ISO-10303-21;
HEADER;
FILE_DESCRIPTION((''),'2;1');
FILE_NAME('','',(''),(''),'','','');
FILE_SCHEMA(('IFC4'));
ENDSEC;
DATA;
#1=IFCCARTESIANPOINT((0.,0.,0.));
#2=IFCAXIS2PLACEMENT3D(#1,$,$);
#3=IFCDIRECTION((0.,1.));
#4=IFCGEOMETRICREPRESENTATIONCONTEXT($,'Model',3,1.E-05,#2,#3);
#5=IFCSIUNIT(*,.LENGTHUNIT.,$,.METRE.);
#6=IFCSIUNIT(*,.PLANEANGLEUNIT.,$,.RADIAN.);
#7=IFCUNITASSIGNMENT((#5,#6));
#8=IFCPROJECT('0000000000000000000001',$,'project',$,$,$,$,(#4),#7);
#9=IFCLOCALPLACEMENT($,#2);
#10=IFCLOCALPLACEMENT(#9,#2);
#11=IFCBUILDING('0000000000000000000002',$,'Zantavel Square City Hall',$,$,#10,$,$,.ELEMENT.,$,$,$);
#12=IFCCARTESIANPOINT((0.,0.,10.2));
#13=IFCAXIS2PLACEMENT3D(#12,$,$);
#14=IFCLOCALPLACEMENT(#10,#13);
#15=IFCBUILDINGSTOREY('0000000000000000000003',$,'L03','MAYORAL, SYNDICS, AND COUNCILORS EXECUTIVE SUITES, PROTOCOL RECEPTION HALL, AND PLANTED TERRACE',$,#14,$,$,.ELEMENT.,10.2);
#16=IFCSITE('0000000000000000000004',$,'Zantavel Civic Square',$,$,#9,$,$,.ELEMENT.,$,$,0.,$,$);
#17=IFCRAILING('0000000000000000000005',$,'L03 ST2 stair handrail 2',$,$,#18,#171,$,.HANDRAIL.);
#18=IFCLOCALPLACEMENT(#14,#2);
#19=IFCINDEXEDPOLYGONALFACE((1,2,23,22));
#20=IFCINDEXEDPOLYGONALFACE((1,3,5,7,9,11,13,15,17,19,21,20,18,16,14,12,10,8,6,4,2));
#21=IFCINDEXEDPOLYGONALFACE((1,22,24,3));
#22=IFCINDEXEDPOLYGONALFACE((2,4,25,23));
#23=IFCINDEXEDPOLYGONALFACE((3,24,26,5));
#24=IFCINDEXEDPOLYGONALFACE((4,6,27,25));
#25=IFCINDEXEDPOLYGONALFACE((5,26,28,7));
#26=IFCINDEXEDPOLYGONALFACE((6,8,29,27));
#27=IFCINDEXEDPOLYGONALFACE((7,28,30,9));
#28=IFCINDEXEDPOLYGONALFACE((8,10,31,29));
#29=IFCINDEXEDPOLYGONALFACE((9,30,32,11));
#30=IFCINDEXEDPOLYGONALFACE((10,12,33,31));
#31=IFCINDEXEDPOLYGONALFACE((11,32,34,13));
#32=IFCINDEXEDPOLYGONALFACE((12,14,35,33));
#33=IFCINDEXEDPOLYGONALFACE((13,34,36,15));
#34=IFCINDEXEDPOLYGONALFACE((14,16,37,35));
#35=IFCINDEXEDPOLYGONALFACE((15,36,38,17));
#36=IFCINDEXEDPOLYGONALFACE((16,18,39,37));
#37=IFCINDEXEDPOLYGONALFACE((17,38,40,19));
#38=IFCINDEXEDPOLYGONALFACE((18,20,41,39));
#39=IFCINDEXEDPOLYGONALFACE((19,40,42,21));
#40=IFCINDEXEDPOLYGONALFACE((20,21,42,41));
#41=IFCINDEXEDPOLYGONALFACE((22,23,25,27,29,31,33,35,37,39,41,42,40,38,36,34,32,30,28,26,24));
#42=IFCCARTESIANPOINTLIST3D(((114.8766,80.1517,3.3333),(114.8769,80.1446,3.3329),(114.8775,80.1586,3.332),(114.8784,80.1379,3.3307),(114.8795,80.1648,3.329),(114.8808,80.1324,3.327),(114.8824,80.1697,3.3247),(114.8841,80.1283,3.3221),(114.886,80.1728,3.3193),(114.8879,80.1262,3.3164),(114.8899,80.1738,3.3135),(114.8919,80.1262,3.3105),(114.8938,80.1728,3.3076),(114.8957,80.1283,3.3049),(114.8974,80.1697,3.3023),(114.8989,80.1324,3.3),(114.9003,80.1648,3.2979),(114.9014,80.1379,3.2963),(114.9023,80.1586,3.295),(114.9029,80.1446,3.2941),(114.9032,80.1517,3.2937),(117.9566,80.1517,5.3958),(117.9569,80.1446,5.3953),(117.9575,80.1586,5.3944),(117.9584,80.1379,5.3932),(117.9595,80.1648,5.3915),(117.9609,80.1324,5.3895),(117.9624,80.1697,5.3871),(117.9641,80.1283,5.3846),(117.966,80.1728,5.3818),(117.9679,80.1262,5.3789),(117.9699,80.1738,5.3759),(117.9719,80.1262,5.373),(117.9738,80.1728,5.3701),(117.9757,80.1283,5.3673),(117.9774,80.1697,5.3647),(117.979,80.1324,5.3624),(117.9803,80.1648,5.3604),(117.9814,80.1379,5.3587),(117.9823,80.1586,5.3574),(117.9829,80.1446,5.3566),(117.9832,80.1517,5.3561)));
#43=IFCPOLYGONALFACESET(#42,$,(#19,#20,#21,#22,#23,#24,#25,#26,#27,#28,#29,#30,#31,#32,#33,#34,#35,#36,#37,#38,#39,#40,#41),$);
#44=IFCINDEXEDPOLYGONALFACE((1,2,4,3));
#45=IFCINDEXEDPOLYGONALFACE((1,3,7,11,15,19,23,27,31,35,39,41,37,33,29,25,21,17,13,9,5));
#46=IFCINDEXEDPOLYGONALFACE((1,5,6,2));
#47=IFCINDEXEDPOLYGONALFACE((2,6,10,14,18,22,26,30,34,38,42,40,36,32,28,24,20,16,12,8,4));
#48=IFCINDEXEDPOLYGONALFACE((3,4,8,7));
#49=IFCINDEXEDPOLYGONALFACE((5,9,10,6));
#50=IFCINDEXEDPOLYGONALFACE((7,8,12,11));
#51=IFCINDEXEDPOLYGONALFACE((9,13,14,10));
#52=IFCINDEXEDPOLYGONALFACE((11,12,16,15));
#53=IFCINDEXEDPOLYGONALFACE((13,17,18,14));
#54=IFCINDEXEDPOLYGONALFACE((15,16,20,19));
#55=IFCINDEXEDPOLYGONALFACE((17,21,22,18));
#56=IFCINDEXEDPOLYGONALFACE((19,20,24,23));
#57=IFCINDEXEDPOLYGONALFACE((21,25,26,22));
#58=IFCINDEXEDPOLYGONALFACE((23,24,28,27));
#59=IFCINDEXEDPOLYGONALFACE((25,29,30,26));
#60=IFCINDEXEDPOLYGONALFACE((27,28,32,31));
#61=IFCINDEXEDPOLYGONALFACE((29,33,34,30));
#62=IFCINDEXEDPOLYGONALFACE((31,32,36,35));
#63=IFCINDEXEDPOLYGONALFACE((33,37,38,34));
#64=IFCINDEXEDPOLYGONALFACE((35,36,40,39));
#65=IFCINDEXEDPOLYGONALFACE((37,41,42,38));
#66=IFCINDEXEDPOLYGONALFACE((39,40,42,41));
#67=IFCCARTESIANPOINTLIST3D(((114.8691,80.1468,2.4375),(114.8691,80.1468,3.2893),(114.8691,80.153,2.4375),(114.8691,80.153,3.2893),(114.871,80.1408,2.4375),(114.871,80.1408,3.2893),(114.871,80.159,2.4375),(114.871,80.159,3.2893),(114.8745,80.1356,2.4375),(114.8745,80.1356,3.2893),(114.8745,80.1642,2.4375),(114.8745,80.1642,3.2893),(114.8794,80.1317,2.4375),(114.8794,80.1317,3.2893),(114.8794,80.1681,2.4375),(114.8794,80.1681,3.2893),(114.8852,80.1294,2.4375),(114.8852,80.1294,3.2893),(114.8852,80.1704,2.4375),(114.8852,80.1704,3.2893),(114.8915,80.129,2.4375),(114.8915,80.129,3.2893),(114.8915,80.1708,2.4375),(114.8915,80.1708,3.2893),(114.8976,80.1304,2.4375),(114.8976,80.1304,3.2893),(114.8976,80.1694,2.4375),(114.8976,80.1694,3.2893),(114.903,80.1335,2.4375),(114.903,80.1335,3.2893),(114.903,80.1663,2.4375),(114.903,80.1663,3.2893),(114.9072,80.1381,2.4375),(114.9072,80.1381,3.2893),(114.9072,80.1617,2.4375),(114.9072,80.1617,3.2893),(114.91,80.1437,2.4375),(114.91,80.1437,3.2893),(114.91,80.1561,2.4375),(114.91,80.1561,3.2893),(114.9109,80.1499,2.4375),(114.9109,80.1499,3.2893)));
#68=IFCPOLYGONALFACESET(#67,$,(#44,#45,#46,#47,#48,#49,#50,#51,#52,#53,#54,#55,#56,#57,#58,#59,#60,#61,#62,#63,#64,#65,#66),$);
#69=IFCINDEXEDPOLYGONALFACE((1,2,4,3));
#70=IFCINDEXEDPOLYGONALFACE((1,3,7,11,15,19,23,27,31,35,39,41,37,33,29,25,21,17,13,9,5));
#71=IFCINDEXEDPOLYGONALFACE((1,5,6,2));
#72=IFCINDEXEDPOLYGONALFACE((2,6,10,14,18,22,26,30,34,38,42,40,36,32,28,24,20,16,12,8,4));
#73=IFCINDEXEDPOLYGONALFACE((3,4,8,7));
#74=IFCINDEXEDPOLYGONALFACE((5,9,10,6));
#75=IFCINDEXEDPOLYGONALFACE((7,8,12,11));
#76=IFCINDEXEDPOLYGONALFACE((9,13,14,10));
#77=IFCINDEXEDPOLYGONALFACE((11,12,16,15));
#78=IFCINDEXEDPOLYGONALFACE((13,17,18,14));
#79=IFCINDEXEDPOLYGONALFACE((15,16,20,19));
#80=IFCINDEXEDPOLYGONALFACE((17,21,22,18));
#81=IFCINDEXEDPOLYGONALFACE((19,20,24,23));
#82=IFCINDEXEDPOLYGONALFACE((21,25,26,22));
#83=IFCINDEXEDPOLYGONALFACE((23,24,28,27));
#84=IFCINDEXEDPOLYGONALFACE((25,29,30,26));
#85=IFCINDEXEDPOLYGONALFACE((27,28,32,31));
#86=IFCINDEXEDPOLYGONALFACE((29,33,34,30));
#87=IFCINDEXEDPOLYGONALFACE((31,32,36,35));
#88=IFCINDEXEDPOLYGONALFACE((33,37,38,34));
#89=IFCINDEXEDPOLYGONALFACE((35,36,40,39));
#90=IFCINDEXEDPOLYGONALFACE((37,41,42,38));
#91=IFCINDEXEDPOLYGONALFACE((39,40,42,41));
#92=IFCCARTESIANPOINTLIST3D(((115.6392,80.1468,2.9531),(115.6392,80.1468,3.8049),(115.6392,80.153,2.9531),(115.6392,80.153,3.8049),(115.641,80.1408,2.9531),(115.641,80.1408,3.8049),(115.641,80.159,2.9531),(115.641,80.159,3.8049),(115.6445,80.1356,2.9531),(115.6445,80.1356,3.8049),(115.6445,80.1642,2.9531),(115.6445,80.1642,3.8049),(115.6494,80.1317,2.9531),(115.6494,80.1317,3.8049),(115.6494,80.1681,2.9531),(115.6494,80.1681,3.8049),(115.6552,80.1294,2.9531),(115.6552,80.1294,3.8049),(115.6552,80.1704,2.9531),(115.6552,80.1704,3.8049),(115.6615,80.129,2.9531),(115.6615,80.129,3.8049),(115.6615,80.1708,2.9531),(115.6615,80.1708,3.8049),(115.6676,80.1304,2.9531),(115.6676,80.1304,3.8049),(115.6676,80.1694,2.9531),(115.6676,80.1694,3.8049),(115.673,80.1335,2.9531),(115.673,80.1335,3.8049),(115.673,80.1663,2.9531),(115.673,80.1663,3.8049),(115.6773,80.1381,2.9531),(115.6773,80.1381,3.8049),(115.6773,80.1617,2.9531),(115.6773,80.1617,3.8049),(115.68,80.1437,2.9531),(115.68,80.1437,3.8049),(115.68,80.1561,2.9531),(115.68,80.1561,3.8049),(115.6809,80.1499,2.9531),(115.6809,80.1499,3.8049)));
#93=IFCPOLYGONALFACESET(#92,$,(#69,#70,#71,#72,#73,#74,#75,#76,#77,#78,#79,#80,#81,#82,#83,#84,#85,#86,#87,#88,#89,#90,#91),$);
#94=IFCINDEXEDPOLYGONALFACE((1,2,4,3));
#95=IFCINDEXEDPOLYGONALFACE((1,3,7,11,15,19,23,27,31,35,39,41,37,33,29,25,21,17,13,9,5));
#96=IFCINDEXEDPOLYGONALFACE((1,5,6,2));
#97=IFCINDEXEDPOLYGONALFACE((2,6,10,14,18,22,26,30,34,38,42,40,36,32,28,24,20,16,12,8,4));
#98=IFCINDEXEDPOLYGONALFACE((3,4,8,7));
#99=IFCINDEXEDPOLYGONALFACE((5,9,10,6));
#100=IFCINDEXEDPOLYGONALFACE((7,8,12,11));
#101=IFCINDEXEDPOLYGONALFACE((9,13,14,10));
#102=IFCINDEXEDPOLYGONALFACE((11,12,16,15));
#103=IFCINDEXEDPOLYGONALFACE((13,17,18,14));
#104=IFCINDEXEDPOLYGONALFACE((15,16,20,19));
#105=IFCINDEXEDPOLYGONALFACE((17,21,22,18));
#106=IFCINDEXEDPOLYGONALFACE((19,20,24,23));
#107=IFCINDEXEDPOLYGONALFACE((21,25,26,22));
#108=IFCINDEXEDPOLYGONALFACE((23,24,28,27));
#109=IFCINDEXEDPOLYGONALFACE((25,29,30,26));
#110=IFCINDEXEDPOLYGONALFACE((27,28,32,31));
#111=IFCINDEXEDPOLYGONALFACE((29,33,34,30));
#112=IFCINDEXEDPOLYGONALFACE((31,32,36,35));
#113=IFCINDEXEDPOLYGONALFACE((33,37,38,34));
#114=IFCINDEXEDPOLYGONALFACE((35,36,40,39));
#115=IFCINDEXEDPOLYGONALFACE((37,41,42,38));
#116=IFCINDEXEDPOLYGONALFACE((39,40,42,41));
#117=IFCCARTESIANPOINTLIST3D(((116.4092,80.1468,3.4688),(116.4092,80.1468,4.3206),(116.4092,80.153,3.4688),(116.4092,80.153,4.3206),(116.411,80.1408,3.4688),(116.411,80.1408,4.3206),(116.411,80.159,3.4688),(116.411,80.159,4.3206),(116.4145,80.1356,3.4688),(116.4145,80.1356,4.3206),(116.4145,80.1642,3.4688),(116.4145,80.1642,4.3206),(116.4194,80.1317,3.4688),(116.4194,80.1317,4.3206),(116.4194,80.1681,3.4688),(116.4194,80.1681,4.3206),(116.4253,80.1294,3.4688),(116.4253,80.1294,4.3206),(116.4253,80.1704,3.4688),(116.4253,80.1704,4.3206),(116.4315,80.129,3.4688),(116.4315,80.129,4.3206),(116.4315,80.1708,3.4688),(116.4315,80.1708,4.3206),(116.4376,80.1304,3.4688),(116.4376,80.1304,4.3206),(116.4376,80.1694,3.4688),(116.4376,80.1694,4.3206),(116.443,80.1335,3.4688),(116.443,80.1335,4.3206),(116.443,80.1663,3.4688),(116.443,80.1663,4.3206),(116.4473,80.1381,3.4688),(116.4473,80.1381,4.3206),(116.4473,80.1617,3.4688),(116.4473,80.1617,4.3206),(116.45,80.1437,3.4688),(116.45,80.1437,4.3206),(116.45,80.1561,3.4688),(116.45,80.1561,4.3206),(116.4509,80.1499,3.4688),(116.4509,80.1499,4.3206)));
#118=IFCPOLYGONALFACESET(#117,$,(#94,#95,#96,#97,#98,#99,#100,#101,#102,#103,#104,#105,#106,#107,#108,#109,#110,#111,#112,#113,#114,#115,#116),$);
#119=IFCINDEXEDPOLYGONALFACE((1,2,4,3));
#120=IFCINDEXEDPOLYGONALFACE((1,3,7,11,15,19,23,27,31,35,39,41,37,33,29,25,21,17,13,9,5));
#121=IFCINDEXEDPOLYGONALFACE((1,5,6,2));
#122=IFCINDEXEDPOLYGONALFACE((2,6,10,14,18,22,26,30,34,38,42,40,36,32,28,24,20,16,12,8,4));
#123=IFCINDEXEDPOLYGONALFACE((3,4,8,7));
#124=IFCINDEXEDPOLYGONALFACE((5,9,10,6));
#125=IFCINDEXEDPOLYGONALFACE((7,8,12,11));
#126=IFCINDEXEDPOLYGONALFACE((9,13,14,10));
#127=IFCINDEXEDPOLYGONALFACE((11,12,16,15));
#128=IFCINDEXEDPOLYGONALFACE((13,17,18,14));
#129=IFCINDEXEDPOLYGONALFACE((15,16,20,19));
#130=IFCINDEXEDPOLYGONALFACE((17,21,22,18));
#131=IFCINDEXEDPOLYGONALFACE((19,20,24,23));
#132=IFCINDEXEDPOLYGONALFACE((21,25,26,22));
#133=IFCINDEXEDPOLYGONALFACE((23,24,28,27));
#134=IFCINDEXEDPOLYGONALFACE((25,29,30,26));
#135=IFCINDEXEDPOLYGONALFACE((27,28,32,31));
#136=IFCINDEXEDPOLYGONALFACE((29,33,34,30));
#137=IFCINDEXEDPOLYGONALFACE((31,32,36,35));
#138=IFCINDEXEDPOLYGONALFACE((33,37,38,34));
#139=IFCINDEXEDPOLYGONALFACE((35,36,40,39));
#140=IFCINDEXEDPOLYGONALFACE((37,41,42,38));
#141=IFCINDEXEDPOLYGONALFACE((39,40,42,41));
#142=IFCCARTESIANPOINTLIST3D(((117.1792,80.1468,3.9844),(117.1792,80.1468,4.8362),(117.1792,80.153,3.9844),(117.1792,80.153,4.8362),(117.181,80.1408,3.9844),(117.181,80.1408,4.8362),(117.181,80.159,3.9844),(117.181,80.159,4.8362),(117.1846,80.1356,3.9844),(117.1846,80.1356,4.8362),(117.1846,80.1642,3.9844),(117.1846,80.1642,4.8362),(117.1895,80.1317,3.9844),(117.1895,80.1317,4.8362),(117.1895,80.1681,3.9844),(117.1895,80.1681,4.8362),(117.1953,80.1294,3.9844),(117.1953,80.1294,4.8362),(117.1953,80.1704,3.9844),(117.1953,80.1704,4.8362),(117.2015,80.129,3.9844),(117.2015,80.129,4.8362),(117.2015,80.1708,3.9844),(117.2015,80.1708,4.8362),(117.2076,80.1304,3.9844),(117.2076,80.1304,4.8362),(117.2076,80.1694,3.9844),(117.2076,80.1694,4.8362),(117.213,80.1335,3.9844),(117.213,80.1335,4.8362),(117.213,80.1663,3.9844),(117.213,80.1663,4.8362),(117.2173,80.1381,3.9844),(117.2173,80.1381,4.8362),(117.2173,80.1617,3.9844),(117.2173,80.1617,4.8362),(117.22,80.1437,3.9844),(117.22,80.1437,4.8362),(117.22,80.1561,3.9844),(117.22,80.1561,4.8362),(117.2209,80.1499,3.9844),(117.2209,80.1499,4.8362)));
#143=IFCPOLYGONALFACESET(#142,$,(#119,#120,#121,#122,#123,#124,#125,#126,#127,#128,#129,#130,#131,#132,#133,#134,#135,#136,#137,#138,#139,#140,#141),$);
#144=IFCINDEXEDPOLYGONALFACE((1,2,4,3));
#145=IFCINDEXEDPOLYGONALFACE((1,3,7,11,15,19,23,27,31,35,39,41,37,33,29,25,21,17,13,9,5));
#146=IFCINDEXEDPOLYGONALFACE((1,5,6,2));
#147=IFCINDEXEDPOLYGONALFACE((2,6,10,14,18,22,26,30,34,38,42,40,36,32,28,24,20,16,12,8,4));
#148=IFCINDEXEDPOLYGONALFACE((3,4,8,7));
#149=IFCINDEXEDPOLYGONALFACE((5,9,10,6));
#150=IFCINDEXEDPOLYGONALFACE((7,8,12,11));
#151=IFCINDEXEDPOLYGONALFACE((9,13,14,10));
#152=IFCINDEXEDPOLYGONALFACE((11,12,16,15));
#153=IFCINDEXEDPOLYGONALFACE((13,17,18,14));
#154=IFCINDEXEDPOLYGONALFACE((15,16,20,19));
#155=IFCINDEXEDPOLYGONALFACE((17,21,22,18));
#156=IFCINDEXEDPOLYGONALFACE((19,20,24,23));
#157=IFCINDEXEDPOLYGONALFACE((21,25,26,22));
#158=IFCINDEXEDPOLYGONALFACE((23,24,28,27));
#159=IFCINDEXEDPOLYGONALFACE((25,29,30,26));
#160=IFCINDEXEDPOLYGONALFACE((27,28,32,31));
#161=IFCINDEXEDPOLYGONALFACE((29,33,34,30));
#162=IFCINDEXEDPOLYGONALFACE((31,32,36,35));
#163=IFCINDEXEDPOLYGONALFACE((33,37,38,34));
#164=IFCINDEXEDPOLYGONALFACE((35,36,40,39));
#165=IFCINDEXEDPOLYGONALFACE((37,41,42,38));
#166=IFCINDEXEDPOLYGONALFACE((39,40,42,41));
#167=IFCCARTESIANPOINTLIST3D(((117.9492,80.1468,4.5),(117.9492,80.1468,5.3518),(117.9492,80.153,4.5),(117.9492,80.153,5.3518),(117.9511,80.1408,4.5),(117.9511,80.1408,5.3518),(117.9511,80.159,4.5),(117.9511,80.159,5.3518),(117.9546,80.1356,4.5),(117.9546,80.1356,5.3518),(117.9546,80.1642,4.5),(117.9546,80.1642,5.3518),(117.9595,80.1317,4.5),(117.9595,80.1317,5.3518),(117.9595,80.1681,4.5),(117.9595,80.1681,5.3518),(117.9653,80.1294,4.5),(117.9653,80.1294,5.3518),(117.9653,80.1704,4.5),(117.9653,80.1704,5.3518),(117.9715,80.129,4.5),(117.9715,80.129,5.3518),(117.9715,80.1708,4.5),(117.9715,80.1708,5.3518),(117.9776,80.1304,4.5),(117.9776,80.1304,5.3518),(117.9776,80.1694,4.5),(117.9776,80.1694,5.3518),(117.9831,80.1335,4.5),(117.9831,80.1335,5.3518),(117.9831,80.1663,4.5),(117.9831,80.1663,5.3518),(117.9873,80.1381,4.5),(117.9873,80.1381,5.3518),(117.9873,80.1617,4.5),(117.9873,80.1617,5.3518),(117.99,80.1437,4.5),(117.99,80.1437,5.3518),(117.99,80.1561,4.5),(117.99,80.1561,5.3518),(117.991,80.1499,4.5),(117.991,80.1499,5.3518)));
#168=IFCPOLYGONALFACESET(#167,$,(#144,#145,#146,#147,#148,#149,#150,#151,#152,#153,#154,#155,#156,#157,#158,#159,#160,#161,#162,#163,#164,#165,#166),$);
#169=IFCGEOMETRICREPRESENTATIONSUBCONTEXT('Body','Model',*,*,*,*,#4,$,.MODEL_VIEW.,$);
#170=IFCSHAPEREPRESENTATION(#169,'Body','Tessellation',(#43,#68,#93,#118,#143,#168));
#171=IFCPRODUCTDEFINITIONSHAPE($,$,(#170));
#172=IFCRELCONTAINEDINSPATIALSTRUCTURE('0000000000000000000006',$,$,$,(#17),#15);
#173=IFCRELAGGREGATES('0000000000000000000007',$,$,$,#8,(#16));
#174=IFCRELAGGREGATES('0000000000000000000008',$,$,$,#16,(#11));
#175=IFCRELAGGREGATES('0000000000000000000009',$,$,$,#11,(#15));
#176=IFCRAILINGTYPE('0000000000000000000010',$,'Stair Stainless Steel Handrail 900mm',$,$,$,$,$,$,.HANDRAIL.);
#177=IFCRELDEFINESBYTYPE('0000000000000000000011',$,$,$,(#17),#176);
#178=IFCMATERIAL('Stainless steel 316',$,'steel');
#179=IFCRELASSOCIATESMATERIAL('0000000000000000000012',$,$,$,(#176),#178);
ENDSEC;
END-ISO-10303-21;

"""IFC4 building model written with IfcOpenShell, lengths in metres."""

from ifc_helpers import new_model, si_unit, direction, frame, origin, origin_2d, place, context, subcontext, project, spatial, circle, extrude, material, type_object, element, save


model = new_model("IFC4")

# Units and contexts
model_context = context("Model", 3, precision=1e-05, world=origin(), true_north=direction((0.0, 1.0)))
body_context = subcontext(model_context, "Body", "Model", "MODEL_VIEW")
ifc_project = project(units=[si_unit("LENGTHUNIT", "METRE"), si_unit("PLANEANGLEUNIT", "RADIAN")], contexts=[model_context])

# Site, building, storey
site_placement = place(None, origin())
site = spatial("IfcSite", under=ifc_project, at=site_placement, Name="Zantavel Civic Square", CompositionType="ELEMENT", RefElevation=0.0)
building_placement = place(site_placement, origin())
building = spatial("IfcBuilding", under=site, at=building_placement, Name="Zantavel Square City Hall", CompositionType="ELEMENT")
storey_placement = place(building_placement, frame((0.0, 0.0, 10.2)))
storey = spatial("IfcBuildingStorey", under=building, at=storey_placement, Name="L03", Description="MAYORAL, SYNDICS, AND COUNCILORS EXECUTIVE SUITES, PROTOCOL RECEPTION HALL, AND PLANTED TERRACE", CompositionType="ELEMENT", Elevation=10.2)

# Railing
ifc_material_1 = material(Name="Stainless steel 316", Category="steel")
railing_type_1 = type_object("IfcRailingType", Name="Stair Stainless Steel Handrail 900mm", PredefinedType="HANDRAIL", material=ifc_material_1)
railing_1_placement = place(storey_placement, frame((114.8899, 80.1499, 2.4375)))
element("IfcRailing", 1, at=railing_1_placement, inside=storey, type_object=railing_type_1, Name="L03 ST2 stair handrail 2", PredefinedType="HANDRAIL", context=body_context, shape_type="SweptSolid", body=[
    extrude(circle(Radius=0.0239, at=origin_2d()), frame((0.0, 0.0, 0.876), z_axis=(0.830914, 0.0, 0.556401), x_axis=(0.0, 1.0, 0.0)), (0.0, 0.0, 1.0), 3.7068),
    extrude(circle(Radius=0.021, at=origin_2d()), origin(), (0.0, 0.0, 1.0), 0.8518),
    extrude(circle(Radius=0.021, at=origin_2d()), frame((0.77, 0.0, 0.5156)), (0.0, 0.0, 1.0), 0.8518),
    extrude(circle(Radius=0.021, at=origin_2d()), frame((1.54, 0.0, 1.0312)), (0.0, 0.0, 1.0), 0.8518),
    extrude(circle(Radius=0.021, at=origin_2d()), frame((2.3101, 0.0, 1.5469)), (0.0, 0.0, 1.0), 0.8518),
    extrude(circle(Radius=0.021, at=origin_2d()), frame((3.0801, 0.0, 2.0625)), (0.0, 0.0, 1.0), 0.8518),
])

save(model, "model.ifc")
